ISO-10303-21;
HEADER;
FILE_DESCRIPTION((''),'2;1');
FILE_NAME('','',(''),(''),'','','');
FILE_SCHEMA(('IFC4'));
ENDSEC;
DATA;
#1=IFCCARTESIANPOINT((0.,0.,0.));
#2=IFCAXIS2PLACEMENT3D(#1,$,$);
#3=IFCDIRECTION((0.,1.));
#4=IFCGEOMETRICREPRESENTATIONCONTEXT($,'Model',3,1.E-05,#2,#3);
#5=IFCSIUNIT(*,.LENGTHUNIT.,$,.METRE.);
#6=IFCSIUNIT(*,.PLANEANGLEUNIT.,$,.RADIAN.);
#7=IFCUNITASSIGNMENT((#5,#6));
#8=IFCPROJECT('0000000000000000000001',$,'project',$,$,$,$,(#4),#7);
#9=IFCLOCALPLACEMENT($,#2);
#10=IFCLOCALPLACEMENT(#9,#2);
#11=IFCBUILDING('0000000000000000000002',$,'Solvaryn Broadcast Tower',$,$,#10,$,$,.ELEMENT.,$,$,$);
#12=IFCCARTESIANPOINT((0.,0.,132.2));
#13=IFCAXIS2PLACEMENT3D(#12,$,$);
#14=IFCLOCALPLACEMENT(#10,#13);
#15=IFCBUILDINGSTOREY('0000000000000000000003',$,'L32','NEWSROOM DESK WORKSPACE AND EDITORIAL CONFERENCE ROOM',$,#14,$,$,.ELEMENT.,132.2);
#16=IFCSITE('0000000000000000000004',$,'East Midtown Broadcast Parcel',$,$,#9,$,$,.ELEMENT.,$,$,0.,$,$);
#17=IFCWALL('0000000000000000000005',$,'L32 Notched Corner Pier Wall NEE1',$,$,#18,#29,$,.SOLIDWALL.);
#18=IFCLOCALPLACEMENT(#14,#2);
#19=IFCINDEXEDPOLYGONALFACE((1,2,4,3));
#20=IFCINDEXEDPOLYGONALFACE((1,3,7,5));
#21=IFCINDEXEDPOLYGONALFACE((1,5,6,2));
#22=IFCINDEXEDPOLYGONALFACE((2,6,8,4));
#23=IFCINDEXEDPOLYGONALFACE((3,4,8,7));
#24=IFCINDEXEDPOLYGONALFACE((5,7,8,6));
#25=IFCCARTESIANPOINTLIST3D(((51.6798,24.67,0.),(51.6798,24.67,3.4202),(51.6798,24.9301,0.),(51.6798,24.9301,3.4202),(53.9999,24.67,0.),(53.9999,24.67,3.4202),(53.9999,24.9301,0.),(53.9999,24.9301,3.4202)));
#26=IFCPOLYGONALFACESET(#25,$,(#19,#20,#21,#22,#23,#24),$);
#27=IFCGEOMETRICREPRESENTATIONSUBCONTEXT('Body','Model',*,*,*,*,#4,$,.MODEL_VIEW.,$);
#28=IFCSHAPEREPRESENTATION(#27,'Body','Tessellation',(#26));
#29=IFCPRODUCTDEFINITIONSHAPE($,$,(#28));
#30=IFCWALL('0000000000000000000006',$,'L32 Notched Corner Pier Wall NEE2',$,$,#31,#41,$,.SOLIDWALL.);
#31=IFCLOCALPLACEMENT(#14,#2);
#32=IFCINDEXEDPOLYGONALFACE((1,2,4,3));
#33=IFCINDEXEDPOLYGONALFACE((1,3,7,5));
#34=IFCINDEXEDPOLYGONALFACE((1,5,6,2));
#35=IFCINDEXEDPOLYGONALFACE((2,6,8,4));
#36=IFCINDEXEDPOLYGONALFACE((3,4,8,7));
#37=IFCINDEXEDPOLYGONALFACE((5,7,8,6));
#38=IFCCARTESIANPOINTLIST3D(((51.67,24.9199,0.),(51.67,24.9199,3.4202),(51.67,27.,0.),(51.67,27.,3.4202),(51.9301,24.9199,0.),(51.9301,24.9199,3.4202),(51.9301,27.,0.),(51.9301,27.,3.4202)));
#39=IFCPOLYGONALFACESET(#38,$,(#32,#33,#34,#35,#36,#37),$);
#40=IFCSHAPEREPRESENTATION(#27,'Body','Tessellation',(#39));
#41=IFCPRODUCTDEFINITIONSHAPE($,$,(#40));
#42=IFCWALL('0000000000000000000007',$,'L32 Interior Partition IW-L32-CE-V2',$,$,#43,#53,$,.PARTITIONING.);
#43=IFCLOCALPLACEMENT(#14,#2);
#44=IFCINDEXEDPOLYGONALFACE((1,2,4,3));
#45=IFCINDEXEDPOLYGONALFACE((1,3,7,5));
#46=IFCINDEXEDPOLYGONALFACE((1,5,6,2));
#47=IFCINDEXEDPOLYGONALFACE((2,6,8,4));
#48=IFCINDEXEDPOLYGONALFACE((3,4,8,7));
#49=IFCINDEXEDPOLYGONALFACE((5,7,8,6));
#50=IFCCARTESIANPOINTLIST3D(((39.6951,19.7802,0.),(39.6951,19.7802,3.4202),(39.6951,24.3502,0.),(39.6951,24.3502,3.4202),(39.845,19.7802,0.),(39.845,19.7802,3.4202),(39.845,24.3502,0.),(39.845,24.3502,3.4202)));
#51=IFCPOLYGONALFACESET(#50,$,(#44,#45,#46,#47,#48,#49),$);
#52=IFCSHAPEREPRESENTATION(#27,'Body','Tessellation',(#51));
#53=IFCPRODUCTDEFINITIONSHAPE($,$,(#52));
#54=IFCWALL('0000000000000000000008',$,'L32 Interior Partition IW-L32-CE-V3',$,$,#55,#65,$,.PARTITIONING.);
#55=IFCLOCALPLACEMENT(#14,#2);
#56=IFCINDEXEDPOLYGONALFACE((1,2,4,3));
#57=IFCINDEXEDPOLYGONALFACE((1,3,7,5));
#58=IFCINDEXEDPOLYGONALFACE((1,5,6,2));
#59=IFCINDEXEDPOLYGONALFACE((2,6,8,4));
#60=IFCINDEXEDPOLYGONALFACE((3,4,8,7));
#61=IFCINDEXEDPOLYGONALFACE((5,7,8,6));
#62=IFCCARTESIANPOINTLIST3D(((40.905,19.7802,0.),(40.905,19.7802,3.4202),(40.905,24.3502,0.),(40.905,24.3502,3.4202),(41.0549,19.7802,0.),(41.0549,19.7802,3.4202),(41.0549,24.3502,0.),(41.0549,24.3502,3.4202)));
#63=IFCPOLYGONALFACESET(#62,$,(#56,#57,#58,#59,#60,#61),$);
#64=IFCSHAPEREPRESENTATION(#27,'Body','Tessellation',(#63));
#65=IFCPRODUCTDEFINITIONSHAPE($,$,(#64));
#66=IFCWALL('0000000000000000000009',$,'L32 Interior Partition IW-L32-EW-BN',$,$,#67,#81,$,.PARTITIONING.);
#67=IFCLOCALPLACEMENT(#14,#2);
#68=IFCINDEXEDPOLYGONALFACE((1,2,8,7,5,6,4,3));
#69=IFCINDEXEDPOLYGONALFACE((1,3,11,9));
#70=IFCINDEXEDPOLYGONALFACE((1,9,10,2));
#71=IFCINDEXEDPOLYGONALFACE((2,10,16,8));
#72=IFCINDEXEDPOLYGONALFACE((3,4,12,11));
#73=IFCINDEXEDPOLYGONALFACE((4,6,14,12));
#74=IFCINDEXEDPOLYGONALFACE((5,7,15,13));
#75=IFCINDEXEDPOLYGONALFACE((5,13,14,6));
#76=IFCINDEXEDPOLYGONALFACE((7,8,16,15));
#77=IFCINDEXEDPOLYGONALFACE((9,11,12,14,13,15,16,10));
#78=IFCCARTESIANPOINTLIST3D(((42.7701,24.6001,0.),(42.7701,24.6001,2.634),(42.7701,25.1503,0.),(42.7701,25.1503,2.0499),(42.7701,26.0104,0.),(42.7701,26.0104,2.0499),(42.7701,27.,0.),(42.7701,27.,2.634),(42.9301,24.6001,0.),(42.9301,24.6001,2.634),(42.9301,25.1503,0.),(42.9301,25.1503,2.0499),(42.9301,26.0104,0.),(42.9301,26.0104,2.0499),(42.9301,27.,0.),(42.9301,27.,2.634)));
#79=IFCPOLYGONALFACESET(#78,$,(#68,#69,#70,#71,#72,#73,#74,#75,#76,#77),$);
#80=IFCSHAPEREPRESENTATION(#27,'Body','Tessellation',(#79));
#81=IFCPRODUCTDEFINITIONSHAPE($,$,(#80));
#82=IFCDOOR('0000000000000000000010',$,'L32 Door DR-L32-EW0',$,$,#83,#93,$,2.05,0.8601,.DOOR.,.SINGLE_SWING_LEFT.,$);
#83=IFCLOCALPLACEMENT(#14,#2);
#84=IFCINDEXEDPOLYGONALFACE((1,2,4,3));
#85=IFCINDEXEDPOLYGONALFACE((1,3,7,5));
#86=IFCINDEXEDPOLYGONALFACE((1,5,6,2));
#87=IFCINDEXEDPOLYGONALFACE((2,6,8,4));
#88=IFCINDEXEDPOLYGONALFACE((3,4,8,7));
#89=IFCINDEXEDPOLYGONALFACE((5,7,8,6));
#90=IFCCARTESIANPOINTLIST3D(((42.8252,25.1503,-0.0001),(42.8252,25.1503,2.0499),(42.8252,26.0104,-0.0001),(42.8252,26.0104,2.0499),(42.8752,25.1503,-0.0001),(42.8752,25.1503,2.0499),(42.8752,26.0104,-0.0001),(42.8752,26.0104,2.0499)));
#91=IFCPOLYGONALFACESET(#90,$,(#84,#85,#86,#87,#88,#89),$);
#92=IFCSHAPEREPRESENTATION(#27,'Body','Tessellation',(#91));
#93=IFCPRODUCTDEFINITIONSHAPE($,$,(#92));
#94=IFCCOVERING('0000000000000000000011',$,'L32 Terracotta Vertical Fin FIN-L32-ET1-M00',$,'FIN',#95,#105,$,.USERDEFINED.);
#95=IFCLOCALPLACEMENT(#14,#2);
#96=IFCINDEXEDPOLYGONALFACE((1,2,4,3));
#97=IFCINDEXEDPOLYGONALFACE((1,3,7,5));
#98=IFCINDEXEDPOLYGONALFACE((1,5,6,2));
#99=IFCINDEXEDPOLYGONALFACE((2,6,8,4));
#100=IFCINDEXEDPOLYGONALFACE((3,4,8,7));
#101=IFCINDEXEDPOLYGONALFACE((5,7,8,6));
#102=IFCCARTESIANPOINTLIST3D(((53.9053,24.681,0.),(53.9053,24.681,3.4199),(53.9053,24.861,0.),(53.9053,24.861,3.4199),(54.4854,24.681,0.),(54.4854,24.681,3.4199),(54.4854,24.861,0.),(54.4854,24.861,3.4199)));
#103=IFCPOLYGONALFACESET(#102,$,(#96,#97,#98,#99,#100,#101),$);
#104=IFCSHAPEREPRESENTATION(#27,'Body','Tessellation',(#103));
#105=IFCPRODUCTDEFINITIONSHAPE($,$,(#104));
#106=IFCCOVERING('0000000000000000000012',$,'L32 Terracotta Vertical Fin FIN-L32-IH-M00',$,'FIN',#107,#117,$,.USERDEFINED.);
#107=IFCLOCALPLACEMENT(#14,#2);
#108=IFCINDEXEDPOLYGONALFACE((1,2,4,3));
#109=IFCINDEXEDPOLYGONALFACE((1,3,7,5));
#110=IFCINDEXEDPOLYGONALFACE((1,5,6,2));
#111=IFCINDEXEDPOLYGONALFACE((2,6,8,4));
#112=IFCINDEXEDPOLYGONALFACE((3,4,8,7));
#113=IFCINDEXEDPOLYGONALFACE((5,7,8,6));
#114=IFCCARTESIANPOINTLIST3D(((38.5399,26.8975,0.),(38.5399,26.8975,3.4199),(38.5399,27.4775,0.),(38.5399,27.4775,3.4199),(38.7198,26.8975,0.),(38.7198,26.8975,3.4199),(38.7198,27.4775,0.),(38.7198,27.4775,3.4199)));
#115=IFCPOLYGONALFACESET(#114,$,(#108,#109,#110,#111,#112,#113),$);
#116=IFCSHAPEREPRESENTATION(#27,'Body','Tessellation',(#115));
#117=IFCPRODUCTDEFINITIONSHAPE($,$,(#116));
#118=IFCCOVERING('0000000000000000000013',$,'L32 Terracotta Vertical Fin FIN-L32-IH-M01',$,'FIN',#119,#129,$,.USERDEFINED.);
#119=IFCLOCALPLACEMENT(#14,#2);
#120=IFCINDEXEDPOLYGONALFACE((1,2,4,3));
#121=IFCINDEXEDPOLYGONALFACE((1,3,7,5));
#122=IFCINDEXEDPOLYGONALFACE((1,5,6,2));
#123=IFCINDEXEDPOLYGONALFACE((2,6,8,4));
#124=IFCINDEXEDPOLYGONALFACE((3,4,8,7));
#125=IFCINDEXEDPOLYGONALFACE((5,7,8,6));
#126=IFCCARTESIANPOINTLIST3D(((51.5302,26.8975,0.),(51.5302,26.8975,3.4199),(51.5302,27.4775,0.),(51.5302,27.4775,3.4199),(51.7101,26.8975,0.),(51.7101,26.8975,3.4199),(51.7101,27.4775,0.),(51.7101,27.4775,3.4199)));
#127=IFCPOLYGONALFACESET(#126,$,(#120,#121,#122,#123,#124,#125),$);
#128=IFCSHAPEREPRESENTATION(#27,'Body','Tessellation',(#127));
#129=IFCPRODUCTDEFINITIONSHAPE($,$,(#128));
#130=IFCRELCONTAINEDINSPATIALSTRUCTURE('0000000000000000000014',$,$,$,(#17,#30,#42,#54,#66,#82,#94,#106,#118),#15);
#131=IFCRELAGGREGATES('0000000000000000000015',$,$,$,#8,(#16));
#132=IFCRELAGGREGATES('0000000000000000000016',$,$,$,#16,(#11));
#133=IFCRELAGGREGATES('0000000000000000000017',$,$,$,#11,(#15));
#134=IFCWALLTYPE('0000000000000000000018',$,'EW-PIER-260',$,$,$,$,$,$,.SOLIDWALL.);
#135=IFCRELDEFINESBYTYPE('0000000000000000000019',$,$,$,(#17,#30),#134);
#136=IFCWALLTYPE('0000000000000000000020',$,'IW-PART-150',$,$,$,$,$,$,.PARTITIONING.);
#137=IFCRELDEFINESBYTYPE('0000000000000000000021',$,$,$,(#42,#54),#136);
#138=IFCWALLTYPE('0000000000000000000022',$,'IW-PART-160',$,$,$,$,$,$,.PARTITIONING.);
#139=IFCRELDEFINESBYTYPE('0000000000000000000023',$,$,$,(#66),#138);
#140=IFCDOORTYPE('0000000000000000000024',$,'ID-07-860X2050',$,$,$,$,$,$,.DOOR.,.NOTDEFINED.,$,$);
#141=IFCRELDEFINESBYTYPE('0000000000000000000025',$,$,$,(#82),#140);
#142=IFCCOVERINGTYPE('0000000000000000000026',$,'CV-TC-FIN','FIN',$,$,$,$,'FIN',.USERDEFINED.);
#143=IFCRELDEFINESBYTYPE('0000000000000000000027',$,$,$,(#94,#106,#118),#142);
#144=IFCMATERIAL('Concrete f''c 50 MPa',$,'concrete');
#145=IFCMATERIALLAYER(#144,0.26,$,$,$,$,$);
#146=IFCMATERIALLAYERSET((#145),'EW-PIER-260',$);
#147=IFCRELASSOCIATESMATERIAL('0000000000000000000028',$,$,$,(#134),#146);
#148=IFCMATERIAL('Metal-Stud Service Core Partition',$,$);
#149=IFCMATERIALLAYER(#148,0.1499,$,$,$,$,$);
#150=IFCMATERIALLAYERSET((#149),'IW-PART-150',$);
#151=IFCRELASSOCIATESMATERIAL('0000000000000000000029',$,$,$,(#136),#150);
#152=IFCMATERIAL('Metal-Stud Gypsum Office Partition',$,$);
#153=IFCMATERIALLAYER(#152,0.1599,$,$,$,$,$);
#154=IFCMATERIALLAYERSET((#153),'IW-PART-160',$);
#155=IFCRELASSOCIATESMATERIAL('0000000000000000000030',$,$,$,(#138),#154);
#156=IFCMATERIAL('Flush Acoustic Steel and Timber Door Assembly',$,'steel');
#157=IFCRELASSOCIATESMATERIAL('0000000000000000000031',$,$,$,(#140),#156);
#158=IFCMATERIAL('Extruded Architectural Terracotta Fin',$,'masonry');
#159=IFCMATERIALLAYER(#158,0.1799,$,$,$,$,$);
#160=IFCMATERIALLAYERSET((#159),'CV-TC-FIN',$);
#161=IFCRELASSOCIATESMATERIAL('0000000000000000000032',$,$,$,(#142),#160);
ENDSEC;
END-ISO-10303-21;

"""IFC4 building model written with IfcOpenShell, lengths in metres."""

from ifc_helpers import new_model, si_unit, direction, frame, frame_2d, origin, origin_2d, place, context, subcontext, project, spatial, rectangle, extrude, material, layer, layer_set, type_object, element, fill, save


model = new_model("IFC4")

# Units and contexts
model_context = context("Model", 3, precision=1e-05, world=origin(), true_north=direction((0.0, 1.0)))
body_context = subcontext(model_context, "Body", "Model", "MODEL_VIEW")
ifc_project = project(units=[si_unit("LENGTHUNIT", "METRE"), si_unit("PLANEANGLEUNIT", "RADIAN")], contexts=[model_context])

# Site, building, storey
site_placement = place(None, origin())
site = spatial("IfcSite", under=ifc_project, at=site_placement, Name="East Midtown Broadcast Parcel", CompositionType="ELEMENT", RefElevation=0.0)
building_placement = place(site_placement, origin())
building = spatial("IfcBuilding", under=site, at=building_placement, Name="Solvaryn Broadcast Tower", CompositionType="ELEMENT")
storey_placement = place(building_placement, frame((0.0, 0.0, 132.2)))
storey = spatial("IfcBuildingStorey", under=building, at=storey_placement, Name="L32", Description="NEWSROOM DESK WORKSPACE AND EDITORIAL CONFERENCE ROOM", CompositionType="ELEMENT", Elevation=132.2)

# Walls
ifc_material_1 = material(Name="Concrete f'c 50 MPa", Category="concrete")
ifc_layer_1 = layer(ifc_material_1, 0.26)
ifc_layer_set_1 = layer_set([ifc_layer_1], Name="EW-PIER-260")
wall_type_1 = type_object("IfcWallType", Name="EW-PIER-260", PredefinedType="SOLIDWALL", material=ifc_layer_set_1)
wall_1_placement = place(storey_placement, frame((54.0, 24.8, 0.0), z_axis=(0.0, 0.0, 1.0), x_axis=(-1.0, 0.0, 0.0)))
element("IfcWall", 1, at=wall_1_placement, inside=storey, type_object=wall_type_1, Name="L32 Notched Corner Pier Wall NEE1", PredefinedType="SOLIDWALL", context=body_context, shape_type="SweptSolid", body=[
    extrude(rectangle(XDim=2.3201, YDim=0.26, at=frame_2d((1.1602, 0.0))), origin(), (0.0, 0.0, 1.0), 3.4202),
])
wall_2_placement = place(storey_placement, frame((51.8, 24.9199, 0.0), z_axis=(0.0, 0.0, 1.0), x_axis=(0.0, 1.0, 0.0)))
element("IfcWall", 2, at=wall_2_placement, inside=storey, type_object=wall_type_1, Name="L32 Notched Corner Pier Wall NEE2", PredefinedType="SOLIDWALL", context=body_context, shape_type="SweptSolid", body=[
    extrude(rectangle(XDim=2.0801, YDim=0.26, at=frame_2d((1.04, 0.0))), origin(), (0.0, 0.0, 1.0), 3.4202),
])
ifc_material_2 = material(Name="Metal-Stud Service Core Partition")
ifc_layer_2 = layer(ifc_material_2, 0.1499)
ifc_layer_set_2 = layer_set([ifc_layer_2], Name="IW-PART-150")
wall_type_2 = type_object("IfcWallType", Name="IW-PART-150", PredefinedType="PARTITIONING", material=ifc_layer_set_2)
for number, where, z_axis, x_axis, name in (
    (3, (39.77, 19.78, 0.0), (0.0, 0.0, 1.0), (0.0, 1.0, 0.0), "L32 Interior Partition IW-L32-CE-V2"),
    (4, (40.98, 19.78, 0.0), (0.0, 0.0, 1.0), (0.0, 1.0, 0.0), "L32 Interior Partition IW-L32-CE-V3"),
):
    element("IfcWall", number, at=place(storey_placement, frame(where, z_axis=z_axis, x_axis=x_axis)), inside=storey, type_object=wall_type_2, Name=name, PredefinedType="PARTITIONING", context=body_context, shape_type="SweptSolid", body=[
        extrude(rectangle(XDim=4.5701, YDim=0.1499, at=frame_2d((2.2852, 0.0))), origin(), (0.0, 0.0, 1.0), 3.4202),
    ])

# Wall, opening, door
ifc_material_3 = material(Name="Metal-Stud Gypsum Office Partition")
ifc_layer_3 = layer(ifc_material_3, 0.1599)
ifc_layer_set_3 = layer_set([ifc_layer_3], Name="IW-PART-160")
wall_type_3 = type_object("IfcWallType", Name="IW-PART-160", PredefinedType="PARTITIONING", material=ifc_layer_set_3)
wall_3_placement = place(storey_placement, frame((42.8501, 24.6001, 0.0), z_axis=(0.0, 0.0, 1.0), x_axis=(0.0, 1.0, 0.0)))
wall_3 = element("IfcWall", 5, at=wall_3_placement, inside=storey, type_object=wall_type_3, Name="L32 Interior Partition IW-L32-EW-BN", PredefinedType="PARTITIONING", context=body_context, shape_type="SweptSolid", body=[
    extrude(rectangle(XDim=2.3999, YDim=0.1599, at=frame_2d((1.2, 0.0))), origin(), (0.0, 0.0, 1.0), 2.634),
])
opening_1_placement = place(wall_3_placement, frame((0.55, 0.0, 0.0)))
opening_1 = element("IfcOpeningElement", 6, at=opening_1_placement, cuts=wall_3, PredefinedType="OPENING", context=body_context, shape_type="SweptSolid", body=[
    extrude(rectangle(XDim=0.8601, YDim=2.05, at=frame_2d((0.4302, 1.0249))), frame((0.0, 0.0901, 0.0), z_axis=(0.0, -1.0, 0.0), x_axis=(1.0, 0.0, 0.0)), (0.0, 0.0, 1.0), 0.1799),
])
ifc_material_4 = material(Name="Flush Acoustic Steel and Timber Door Assembly", Category="steel")
door_type_1 = type_object("IfcDoorType", Name="ID-07-860X2050", OperationType="NOTDEFINED", PredefinedType="DOOR", material=ifc_material_4)
door_1_placement = place(opening_1_placement, origin())
door_1 = element("IfcDoor", 7, at=door_1_placement, inside=storey, type_object=door_type_1, Name="L32 Door DR-L32-EW0", OperationType="SINGLE_SWING_LEFT", OverallHeight=2.05, OverallWidth=0.8601, PredefinedType="DOOR", context=body_context, shape_type="SweptSolid", body=[
    extrude(rectangle(XDim=0.8601, YDim=2.05, at=frame_2d((0.4302, 1.0249))), frame((0.0, 0.0249, 0.0), z_axis=(0.0, -1.0, 0.0), x_axis=(1.0, 0.0, 0.0)), (0.0, 0.0, 1.0), 0.05),
])
fill(opening_1, door_1)

# Coverings
ifc_material_5 = material(Name="Extruded Architectural Terracotta Fin", Category="masonry")
ifc_layer_4 = layer(ifc_material_5, 0.1799)
ifc_layer_set_4 = layer_set([ifc_layer_4], Name="CV-TC-FIN")
covering_type = type_object("IfcCoveringType", Name="CV-TC-FIN", Description="FIN", ElementType="FIN", PredefinedType="USERDEFINED", material=ifc_layer_set_4)
covering_placement = place(storey_placement, frame((54.1953, 24.771, 0.0), z_axis=(0.0, 0.0, 1.0), x_axis=(1.0, 0.0, 0.0)))
element("IfcCovering", 8, at=covering_placement, inside=storey, type_object=covering_type, Name="L32 Terracotta Vertical Fin FIN-L32-ET1-M00", ObjectType="FIN", PredefinedType="USERDEFINED", context=body_context, shape_type="SweptSolid", body=[
    extrude(rectangle(XDim=0.5801, YDim=0.1799, at=origin_2d()), origin(), (0.0, 0.0, 1.0), 3.4199),
])
for number, where, z_axis, x_axis, name in (
    (9, (38.6299, 27.1875, 0.0), (0.0, 0.0, 1.0), (1.0, 0.0, 0.0), "L32 Terracotta Vertical Fin FIN-L32-IH-M00"),
    (10, (51.6201, 27.1875, 0.0), (0.0, 0.0, 1.0), (1.0, 0.0, 0.0), "L32 Terracotta Vertical Fin FIN-L32-IH-M01"),
):
    element("IfcCovering", number, at=place(storey_placement, frame(where, z_axis=z_axis, x_axis=x_axis)), inside=storey, type_object=covering_type, Name=name, ObjectType="FIN", PredefinedType="USERDEFINED", context=body_context, shape_type="SweptSolid", body=[
        extrude(rectangle(XDim=0.1799, YDim=0.5801, at=origin_2d()), origin(), (0.0, 0.0, 1.0), 3.4199),
    ])

save(model, "model.ifc")
